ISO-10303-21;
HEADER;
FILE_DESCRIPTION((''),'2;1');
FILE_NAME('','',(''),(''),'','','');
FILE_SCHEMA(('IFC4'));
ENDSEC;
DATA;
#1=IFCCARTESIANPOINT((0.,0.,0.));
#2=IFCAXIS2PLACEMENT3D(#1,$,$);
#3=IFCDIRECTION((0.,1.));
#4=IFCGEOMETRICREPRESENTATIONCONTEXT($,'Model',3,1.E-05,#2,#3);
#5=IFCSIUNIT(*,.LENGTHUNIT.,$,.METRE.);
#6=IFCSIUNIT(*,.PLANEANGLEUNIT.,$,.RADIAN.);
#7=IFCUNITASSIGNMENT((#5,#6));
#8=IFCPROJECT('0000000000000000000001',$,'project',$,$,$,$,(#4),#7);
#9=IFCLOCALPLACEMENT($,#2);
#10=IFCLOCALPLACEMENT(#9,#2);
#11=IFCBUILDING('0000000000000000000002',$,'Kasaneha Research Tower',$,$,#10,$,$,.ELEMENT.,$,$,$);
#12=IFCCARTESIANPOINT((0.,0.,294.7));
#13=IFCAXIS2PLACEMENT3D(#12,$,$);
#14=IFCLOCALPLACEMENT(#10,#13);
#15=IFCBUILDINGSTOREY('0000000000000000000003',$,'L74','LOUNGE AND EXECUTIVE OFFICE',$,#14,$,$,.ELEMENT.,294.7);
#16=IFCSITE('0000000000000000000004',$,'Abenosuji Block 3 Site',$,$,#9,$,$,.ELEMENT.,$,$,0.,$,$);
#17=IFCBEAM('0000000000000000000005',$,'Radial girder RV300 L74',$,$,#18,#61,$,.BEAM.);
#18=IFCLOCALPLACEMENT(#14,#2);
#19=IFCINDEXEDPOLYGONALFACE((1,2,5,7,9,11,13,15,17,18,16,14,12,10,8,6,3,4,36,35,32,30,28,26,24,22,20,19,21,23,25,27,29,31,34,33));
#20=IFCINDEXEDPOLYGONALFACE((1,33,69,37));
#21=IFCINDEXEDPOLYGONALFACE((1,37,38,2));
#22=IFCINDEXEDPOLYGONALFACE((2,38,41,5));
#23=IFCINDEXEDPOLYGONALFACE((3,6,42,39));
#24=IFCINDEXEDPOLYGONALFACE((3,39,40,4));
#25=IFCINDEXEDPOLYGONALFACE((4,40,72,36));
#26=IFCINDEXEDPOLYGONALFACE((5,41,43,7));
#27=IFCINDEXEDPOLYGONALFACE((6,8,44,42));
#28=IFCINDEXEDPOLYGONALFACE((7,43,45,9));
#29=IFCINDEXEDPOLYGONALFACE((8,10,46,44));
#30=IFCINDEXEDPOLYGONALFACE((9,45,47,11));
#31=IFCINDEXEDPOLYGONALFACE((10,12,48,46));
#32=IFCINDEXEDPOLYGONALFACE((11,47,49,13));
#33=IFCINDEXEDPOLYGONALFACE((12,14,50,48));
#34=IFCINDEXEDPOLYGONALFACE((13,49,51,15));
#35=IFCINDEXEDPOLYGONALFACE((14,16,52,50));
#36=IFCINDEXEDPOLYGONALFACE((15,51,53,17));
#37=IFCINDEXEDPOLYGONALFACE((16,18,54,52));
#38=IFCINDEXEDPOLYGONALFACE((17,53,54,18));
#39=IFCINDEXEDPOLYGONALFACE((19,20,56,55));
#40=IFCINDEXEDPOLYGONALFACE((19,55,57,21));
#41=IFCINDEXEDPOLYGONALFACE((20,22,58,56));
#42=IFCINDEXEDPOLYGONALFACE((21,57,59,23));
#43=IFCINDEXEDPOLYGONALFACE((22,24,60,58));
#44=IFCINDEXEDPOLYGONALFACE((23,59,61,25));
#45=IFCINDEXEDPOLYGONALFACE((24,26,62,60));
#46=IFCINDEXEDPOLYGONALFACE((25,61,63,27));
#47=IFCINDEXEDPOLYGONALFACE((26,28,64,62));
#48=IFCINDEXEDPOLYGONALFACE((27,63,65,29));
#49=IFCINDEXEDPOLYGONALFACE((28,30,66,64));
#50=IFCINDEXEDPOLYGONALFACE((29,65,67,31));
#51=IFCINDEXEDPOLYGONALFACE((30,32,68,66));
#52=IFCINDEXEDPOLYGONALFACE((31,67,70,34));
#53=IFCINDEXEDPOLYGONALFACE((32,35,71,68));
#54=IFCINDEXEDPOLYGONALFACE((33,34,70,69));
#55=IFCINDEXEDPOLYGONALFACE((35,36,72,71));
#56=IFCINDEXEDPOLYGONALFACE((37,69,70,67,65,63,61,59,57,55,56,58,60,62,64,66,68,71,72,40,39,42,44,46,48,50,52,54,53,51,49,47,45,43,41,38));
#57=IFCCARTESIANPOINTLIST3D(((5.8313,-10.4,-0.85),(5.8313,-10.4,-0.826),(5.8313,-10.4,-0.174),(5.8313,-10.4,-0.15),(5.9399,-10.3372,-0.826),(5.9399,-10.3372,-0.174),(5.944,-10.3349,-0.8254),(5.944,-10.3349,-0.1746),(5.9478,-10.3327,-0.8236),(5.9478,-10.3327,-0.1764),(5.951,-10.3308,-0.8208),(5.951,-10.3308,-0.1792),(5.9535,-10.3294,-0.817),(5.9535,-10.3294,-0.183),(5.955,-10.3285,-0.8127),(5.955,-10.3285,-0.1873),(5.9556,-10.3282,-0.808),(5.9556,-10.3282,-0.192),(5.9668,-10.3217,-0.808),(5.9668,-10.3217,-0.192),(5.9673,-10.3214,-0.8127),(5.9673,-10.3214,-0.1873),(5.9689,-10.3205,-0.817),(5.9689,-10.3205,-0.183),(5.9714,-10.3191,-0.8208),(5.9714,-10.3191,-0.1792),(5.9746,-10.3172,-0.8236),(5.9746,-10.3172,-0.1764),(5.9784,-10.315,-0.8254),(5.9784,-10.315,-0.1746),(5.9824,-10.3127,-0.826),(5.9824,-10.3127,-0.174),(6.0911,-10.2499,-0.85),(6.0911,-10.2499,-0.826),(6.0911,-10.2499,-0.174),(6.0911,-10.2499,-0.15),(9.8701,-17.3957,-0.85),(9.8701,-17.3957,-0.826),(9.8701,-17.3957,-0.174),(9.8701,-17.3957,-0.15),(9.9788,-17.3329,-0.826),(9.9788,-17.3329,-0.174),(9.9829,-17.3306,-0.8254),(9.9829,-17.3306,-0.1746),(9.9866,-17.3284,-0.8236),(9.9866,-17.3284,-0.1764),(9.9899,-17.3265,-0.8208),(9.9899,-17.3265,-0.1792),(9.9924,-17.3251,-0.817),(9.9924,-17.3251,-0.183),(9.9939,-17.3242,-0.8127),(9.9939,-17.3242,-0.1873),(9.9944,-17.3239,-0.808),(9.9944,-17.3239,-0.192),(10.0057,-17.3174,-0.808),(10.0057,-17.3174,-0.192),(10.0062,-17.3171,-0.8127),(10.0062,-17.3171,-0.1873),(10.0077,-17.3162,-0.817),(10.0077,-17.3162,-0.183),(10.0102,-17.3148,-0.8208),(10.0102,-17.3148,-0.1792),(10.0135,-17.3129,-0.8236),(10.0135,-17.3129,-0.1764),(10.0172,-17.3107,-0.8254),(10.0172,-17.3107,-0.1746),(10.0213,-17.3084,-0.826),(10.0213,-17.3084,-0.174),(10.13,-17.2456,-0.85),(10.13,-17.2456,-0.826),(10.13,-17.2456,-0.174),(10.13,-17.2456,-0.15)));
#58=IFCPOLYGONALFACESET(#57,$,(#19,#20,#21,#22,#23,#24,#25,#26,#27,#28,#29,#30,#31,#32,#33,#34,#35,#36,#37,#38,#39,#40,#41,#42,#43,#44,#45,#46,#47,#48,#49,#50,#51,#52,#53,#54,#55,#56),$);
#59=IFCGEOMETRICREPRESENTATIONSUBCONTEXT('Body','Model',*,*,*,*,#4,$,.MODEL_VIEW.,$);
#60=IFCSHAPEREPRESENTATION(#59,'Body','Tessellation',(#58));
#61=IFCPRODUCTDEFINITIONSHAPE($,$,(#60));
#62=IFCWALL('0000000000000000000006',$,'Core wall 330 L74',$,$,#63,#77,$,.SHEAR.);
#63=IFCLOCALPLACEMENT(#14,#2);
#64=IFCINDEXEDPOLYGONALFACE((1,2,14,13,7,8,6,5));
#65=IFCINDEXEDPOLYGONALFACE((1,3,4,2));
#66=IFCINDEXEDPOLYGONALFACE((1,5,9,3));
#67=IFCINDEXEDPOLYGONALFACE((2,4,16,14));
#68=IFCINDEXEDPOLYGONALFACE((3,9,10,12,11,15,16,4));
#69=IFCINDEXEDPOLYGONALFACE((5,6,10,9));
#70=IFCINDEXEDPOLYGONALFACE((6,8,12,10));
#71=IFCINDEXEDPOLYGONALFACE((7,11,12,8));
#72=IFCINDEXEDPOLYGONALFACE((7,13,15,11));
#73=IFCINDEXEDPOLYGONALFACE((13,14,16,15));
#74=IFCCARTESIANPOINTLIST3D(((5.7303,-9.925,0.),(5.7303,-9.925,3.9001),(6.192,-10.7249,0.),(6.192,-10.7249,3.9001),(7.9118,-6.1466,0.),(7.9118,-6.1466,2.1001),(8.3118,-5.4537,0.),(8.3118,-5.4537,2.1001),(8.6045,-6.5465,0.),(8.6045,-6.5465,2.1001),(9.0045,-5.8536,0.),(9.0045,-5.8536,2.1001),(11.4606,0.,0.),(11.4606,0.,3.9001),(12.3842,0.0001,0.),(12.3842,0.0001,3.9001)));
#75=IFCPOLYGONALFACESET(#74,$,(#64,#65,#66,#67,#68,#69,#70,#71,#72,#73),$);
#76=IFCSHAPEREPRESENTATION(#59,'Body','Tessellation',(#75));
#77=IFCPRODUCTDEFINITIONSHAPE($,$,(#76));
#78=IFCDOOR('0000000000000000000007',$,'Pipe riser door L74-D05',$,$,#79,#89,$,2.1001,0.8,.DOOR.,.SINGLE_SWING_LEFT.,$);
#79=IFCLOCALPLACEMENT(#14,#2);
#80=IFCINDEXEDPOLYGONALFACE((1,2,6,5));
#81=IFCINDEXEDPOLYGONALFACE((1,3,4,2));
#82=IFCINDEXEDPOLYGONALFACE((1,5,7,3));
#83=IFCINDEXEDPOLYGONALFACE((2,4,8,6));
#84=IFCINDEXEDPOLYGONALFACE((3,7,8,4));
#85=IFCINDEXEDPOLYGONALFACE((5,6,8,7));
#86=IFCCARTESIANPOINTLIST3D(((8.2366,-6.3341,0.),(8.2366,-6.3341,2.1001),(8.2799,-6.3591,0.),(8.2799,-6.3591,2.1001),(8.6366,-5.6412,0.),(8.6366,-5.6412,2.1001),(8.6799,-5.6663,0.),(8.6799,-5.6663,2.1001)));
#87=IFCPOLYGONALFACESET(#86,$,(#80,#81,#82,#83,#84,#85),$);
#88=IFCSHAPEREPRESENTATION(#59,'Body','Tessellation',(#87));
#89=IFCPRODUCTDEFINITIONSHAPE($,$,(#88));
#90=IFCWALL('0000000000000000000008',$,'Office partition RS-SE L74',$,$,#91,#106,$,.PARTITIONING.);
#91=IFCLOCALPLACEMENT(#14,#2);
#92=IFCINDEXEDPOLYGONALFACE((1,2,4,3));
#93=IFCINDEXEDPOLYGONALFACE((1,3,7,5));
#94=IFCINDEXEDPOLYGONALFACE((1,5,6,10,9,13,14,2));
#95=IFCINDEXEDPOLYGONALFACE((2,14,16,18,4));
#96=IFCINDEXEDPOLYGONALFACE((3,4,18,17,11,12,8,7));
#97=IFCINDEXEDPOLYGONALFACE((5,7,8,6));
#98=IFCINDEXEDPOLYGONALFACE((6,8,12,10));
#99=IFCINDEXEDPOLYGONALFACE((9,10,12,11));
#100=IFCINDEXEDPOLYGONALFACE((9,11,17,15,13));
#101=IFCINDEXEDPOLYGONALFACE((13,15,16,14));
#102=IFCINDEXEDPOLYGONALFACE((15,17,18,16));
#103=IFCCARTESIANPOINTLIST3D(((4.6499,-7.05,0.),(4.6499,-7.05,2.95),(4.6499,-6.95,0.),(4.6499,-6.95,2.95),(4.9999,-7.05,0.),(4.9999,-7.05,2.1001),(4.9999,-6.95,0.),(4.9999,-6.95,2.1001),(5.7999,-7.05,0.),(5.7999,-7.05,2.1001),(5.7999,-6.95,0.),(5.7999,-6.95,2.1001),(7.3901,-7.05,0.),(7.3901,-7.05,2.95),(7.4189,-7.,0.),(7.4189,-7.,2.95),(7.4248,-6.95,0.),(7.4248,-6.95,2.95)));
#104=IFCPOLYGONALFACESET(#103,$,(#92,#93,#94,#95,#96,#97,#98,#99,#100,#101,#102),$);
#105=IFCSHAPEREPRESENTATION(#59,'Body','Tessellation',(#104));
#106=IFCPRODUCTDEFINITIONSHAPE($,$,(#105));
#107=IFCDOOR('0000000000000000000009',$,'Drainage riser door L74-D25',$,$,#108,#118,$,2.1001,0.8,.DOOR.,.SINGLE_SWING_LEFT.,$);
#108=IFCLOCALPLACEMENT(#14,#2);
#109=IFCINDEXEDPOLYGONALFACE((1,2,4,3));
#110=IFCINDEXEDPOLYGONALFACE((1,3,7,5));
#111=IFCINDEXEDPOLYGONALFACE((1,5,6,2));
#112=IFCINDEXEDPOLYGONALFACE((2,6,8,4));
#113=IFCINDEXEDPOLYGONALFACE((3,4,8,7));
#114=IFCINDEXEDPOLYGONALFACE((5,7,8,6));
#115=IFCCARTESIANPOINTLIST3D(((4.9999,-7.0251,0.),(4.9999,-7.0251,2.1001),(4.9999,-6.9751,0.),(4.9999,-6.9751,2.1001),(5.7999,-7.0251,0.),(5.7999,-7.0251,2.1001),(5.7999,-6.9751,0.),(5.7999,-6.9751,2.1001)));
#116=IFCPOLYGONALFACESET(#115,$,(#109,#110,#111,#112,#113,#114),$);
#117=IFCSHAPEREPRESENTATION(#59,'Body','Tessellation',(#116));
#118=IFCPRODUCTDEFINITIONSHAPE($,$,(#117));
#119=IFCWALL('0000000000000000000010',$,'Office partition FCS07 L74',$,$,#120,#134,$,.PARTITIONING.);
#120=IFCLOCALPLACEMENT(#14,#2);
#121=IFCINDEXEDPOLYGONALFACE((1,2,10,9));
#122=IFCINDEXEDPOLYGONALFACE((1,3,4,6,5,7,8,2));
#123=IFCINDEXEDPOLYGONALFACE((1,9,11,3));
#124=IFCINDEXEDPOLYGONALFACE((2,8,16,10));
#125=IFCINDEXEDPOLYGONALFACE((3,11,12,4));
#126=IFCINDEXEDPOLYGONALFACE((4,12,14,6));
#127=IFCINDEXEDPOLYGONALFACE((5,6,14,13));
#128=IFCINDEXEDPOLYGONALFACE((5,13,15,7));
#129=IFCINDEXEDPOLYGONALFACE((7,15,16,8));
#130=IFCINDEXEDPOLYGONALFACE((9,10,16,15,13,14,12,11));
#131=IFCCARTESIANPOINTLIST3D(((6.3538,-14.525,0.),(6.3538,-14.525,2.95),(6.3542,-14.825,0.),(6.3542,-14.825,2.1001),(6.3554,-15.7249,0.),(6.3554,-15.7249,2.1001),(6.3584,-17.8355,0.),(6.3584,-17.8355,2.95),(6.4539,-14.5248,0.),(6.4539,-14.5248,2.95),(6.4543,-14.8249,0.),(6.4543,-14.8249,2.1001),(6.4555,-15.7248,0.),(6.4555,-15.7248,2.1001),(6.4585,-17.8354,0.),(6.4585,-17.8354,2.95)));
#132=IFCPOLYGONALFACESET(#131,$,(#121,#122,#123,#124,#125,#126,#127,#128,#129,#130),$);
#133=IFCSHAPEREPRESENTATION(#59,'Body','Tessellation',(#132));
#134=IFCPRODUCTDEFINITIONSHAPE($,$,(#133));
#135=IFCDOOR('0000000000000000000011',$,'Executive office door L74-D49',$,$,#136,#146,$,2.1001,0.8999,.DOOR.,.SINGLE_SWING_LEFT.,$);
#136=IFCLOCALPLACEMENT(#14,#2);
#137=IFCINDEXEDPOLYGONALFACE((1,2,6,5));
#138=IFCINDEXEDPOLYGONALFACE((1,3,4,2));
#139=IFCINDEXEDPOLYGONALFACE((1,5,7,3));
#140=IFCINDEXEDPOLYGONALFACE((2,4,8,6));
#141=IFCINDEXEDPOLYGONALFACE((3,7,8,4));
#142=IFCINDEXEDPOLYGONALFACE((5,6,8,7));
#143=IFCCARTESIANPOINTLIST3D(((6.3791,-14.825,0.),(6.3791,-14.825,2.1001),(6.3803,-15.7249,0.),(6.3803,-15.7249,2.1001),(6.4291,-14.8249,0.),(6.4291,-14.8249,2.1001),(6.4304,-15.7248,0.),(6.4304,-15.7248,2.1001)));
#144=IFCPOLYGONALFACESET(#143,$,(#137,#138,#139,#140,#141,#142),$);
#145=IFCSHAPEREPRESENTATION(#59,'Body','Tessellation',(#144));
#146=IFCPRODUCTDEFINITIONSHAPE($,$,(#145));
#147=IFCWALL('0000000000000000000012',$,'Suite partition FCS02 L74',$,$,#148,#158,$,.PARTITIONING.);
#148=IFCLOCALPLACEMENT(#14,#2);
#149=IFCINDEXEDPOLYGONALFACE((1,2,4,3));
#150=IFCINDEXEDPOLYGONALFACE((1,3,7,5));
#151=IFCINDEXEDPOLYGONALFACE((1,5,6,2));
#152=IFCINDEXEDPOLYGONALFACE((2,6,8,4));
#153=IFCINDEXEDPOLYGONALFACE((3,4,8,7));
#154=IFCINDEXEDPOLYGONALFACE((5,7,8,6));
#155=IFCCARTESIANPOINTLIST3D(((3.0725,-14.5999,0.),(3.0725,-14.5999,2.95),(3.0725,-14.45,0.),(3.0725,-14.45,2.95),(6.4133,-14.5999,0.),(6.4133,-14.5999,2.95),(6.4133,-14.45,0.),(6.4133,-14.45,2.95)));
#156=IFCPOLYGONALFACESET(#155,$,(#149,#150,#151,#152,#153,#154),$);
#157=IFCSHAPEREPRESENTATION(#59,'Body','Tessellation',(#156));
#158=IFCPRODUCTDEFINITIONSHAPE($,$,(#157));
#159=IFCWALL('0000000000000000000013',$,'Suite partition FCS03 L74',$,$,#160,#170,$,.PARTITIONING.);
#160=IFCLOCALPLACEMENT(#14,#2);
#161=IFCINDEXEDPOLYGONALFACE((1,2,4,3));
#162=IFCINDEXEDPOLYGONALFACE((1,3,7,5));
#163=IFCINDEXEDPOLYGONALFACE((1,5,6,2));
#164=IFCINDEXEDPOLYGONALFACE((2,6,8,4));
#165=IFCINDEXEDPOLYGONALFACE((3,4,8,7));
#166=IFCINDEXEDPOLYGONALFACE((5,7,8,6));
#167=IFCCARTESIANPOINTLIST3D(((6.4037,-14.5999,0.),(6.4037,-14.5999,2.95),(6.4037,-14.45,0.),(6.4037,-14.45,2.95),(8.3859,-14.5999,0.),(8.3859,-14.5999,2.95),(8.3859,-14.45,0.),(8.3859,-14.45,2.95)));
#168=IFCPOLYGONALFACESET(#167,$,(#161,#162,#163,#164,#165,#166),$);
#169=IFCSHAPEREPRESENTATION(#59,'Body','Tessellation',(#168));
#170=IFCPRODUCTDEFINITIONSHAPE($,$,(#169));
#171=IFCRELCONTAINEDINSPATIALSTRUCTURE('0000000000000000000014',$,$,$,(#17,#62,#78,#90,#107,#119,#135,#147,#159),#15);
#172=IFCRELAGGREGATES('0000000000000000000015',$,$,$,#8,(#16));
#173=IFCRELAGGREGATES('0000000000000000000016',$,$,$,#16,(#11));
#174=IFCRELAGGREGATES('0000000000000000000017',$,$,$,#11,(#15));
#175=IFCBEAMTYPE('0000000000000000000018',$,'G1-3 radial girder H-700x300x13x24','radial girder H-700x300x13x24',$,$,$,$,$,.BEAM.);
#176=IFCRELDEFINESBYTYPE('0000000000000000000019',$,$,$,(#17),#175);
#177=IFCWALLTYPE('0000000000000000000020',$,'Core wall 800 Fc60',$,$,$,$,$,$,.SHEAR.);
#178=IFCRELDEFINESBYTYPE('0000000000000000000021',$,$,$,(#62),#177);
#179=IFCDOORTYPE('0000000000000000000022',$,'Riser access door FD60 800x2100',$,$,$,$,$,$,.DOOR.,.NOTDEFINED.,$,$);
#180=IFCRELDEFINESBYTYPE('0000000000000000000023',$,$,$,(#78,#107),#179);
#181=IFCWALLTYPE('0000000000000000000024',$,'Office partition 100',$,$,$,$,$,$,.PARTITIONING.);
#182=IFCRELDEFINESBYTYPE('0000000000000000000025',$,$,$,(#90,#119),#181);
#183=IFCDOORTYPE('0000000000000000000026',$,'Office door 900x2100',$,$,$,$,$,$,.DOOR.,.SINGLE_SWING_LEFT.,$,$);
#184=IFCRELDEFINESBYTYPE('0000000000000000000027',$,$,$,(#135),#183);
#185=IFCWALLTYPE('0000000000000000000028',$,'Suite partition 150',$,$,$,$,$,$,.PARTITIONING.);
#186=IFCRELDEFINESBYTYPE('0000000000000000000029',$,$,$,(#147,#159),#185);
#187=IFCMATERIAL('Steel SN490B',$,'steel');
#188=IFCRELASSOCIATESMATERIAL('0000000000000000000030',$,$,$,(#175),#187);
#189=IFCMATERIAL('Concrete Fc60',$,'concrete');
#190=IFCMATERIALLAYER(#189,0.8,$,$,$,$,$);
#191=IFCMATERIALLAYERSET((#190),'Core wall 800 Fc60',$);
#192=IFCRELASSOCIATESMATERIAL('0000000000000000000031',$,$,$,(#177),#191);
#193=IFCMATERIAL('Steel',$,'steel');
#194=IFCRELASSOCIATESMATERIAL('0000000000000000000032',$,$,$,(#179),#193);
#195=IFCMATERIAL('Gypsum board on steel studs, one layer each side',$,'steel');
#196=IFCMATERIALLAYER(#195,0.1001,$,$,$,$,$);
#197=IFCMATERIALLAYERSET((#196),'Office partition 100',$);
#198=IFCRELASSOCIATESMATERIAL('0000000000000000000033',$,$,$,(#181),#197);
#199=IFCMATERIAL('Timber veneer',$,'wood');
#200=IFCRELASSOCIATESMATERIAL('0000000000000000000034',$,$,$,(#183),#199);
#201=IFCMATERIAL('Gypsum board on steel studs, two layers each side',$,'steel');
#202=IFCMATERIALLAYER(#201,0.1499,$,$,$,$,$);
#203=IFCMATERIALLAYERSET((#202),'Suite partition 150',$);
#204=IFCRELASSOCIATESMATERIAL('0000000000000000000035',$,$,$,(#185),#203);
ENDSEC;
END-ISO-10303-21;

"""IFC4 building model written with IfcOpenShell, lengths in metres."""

from ifc_helpers import new_model, si_unit, direction, frame, frame_2d, origin, origin_2d, place, context, subcontext, project, spatial, polyline, rectangle, i_section, outline, extrude, material, layer, layer_set, material_profile, profile_set, type_object, element, fill, save


model = new_model("IFC4")

# Units and contexts
model_context = context("Model", 3, precision=1e-05, world=origin(), true_north=direction((0.0, 1.0)))
body_context = subcontext(model_context, "Body", "Model", "MODEL_VIEW")
ifc_project = project(units=[si_unit("LENGTHUNIT", "METRE"), si_unit("PLANEANGLEUNIT", "RADIAN")], contexts=[model_context])

# Site, building, storey
site_placement = place(None, origin())
site = spatial("IfcSite", under=ifc_project, at=site_placement, Name="Abenosuji Block 3 Site", CompositionType="ELEMENT", RefElevation=0.0)
building_placement = place(site_placement, origin())
building = spatial("IfcBuilding", under=site, at=building_placement, Name="Kasaneha Research Tower", CompositionType="ELEMENT")
storey_placement = place(building_placement, frame((0.0, 0.0, 294.7)))
storey = spatial("IfcBuildingStorey", under=building, at=storey_placement, Name="L74", Description="LOUNGE AND EXECUTIVE OFFICE", CompositionType="ELEMENT", Elevation=294.7)

# Beam
ifc_material_1 = material(Name="Steel SN490B", Category="steel")
ifc_material_profile_1 = material_profile(ifc_material_1, i_section(OverallWidth=0.3, OverallDepth=0.7, WebThickness=0.0129, FlangeThickness=0.0239, FilletRadius=0.0181, at=origin_2d()), Name="H-700x300x13x24")
ifc_profile_set_1 = profile_set([ifc_material_profile_1], Name="Steel SN490B")
beam_type_1 = type_object("IfcBeamType", Name="G1-3 radial girder H-700x300x13x24", Description="radial girder H-700x300x13x24", PredefinedType="BEAM", material=ifc_profile_set_1)
beam_1_placement = place(storey_placement, frame((5.9612, -10.325, -0.5), z_axis=(0.499991, -0.866031, 0.0), x_axis=(0.866031, 0.499991, 0.0)))
element("IfcBeam", 1, at=beam_1_placement, inside=storey, type_object=beam_type_1, Name="Radial girder RV300 L74", PredefinedType="BEAM", context=body_context, shape_type="SweptSolid", body=[
    extrude(i_section(OverallWidth=0.3, OverallDepth=0.7, WebThickness=0.0129, FlangeThickness=0.0239, FilletRadius=0.0181, at=origin_2d()), origin(), (0.0, 0.0, 1.0), 8.0779),
])

# Walls, openings, doors
ifc_material_2 = material(Name="Concrete Fc60", Category="concrete")
ifc_layer_1 = layer(ifc_material_2, 0.8)
ifc_layer_set_1 = layer_set([ifc_layer_1], Name="Core wall 800 Fc60")
wall_type_1 = type_object("IfcWallType", Name="Core wall 800 Fc60", PredefinedType="SHEAR", material=ifc_layer_set_1)
wall_1_placement = place(storey_placement, frame((5.9612, -10.325, 0.0), z_axis=(0.0, 0.0, 1.0), x_axis=(0.500004, 0.866023, 0.0)))
wall_1 = element("IfcWall", 2, at=wall_1_placement, inside=storey, type_object=wall_type_1, Name="Core wall 330 L74", PredefinedType="SHEAR", context=body_context, shape_type="SweptSolid", body=[
    extrude(outline(polyline([(-0.231, -0.3999), (4.594, -0.3999), (5.394, -0.3999), (12.1533, -0.3999), (11.6914, 0.3999), (5.394, 0.3999), (4.594, 0.3999), (0.231, 0.3999), (-0.231, -0.3999)])), origin(), (0.0, 0.0, 1.0), 3.9001),
])
opening_1_placement = place(wall_1_placement, frame((4.594, 0.0, 0.0)))
opening_1 = element("IfcOpeningElement", 3, at=opening_1_placement, cuts=wall_1, PredefinedType="OPENING", context=body_context, shape_type="SweptSolid", body=[
    extrude(rectangle(XDim=0.8, YDim=2.1001, at=frame_2d((0.3999, 1.05))), frame((0.0, 0.4102, 0.0), z_axis=(0.0, -1.0, 0.0), x_axis=(1.0, 0.0, 0.0)), (0.0, 0.0, 1.0), 0.8201),
])
ifc_material_3 = material(Name="Steel", Category="steel")
door_type_1 = type_object("IfcDoorType", Name="Riser access door FD60 800x2100", OperationType="NOTDEFINED", PredefinedType="DOOR", material=ifc_material_3)
door_1_placement = place(opening_1_placement, origin())
door_1 = element("IfcDoor", 4, at=door_1_placement, inside=storey, type_object=door_type_1, Name="Pipe riser door L74-D05", OperationType="SINGLE_SWING_LEFT", OverallHeight=2.1001, OverallWidth=0.8, PredefinedType="DOOR", context=body_context, shape_type="SweptSolid", body=[
    extrude(rectangle(XDim=0.8, YDim=2.1001, at=frame_2d((0.3999, 1.05))), frame((0.0, 0.0249, 0.0), z_axis=(0.0, -1.0, 0.0), x_axis=(1.0, 0.0, 0.0)), (0.0, 0.0, 1.0), 0.05),
])
fill(opening_1, door_1)
ifc_material_4 = material(Name="Gypsum board on steel studs, one layer each side", Category="steel")
ifc_layer_2 = layer(ifc_material_4, 0.1001)
ifc_layer_set_2 = layer_set([ifc_layer_2], Name="Office partition 100")
wall_type_2 = type_object("IfcWallType", Name="Office partition 100", PredefinedType="PARTITIONING", material=ifc_layer_set_2)
wall_2_placement = place(storey_placement, frame((4.6499, -7.0, 0.0), z_axis=(0.0, 0.0, 1.0), x_axis=(1.0, 0.0, 0.0)))
wall_2 = element("IfcWall", 5, at=wall_2_placement, inside=storey, type_object=wall_type_2, Name="Office partition RS-SE L74", PredefinedType="PARTITIONING", context=body_context, shape_type="SweptSolid", body=[
    extrude(outline(polyline([(0.0, -0.05), (0.3501, -0.05), (1.1501, -0.05), (2.7402, -0.05), (2.769, 0.0), (2.7749, 0.05), (1.1501, 0.05), (0.3501, 0.05), (0.0, 0.05), (0.0, -0.05)])), origin(), (0.0, 0.0, 1.0), 2.95),
])
opening_2_placement = place(wall_2_placement, frame((0.3501, 0.0, 0.0)))
opening_2 = element("IfcOpeningElement", 6, at=opening_2_placement, cuts=wall_2, PredefinedType="OPENING", context=body_context, shape_type="SweptSolid", body=[
    extrude(rectangle(XDim=0.8, YDim=2.1001, at=frame_2d((0.3999, 1.05))), frame((0.0, 0.0601, 0.0), z_axis=(0.0, -1.0, 0.0), x_axis=(1.0, 0.0, 0.0)), (0.0, 0.0, 1.0), 0.1201),
])
door_2_placement = place(opening_2_placement, origin())
door_2 = element("IfcDoor", 7, at=door_2_placement, inside=storey, type_object=door_type_1, Name="Drainage riser door L74-D25", OperationType="SINGLE_SWING_LEFT", OverallHeight=2.1001, OverallWidth=0.8, PredefinedType="DOOR", context=body_context, shape_type="SweptSolid", body=[
    extrude(rectangle(XDim=0.8, YDim=2.1001, at=frame_2d((0.3999, 1.05))), frame((0.0, 0.0249, 0.0), z_axis=(0.0, -1.0, 0.0), x_axis=(1.0, 0.0, 0.0)), (0.0, 0.0, 1.0), 0.05),
])
fill(opening_2, door_2)
wall_3_placement = place(storey_placement, frame((6.4038, -14.5249, 0.0), z_axis=(0.0, 0.0, 1.0), x_axis=(0.001401, -0.999999, 0.0)))
wall_3 = element("IfcWall", 8, at=wall_3_placement, inside=storey, type_object=wall_type_2, Name="Office partition FCS07 L74", PredefinedType="PARTITIONING", context=body_context, shape_type="SweptSolid", body=[
    extrude(rectangle(XDim=3.3105, YDim=0.1001, at=frame_2d((1.6553, 0.0))), origin(), (0.0, 0.0, 1.0), 2.95),
])
opening_3_placement = place(wall_3_placement, frame((0.3, 0.0, 0.0)))
opening_3 = element("IfcOpeningElement", 9, at=opening_3_placement, cuts=wall_3, PredefinedType="OPENING", context=body_context, shape_type="SweptSolid", body=[
    extrude(rectangle(XDim=0.8999, YDim=2.1001, at=frame_2d((0.45, 1.05))), frame((0.0, 0.0601, 0.0), z_axis=(0.0, -1.0, 0.0), x_axis=(1.0, 0.0, 0.0)), (0.0, 0.0, 1.0), 0.1201),
])
ifc_material_5 = material(Name="Timber veneer", Category="wood")
door_type_2 = type_object("IfcDoorType", Name="Office door 900x2100", OperationType="SINGLE_SWING_LEFT", PredefinedType="DOOR", material=ifc_material_5)
door_3_placement = place(opening_3_placement, origin())
door_3 = element("IfcDoor", 10, at=door_3_placement, inside=storey, type_object=door_type_2, Name="Executive office door L74-D49", OperationType="SINGLE_SWING_LEFT", OverallHeight=2.1001, OverallWidth=0.8999, PredefinedType="DOOR", context=body_context, shape_type="SweptSolid", body=[
    extrude(rectangle(XDim=0.8999, YDim=2.1001, at=frame_2d((0.45, 1.05))), frame((0.0, 0.0249, 0.0), z_axis=(0.0, -1.0, 0.0), x_axis=(1.0, 0.0, 0.0)), (0.0, 0.0, 1.0), 0.05),
])
fill(opening_3, door_3)

# Walls
ifc_material_6 = material(Name="Gypsum board on steel studs, two layers each side", Category="steel")
ifc_layer_3 = layer(ifc_material_6, 0.1499)
ifc_layer_set_3 = layer_set([ifc_layer_3], Name="Suite partition 150")
wall_type_3 = type_object("IfcWallType", Name="Suite partition 150", PredefinedType="PARTITIONING", material=ifc_layer_set_3)
wall_4_placement = place(storey_placement, frame((6.4133, -14.5249, 0.0), z_axis=(0.0, 0.0, 1.0), x_axis=(-1.0, 0.0, 0.0)))
element("IfcWall", 11, at=wall_4_placement, inside=storey, type_object=wall_type_3, Name="Suite partition FCS02 L74", PredefinedType="PARTITIONING", context=body_context, shape_type="SweptSolid", body=[
    extrude(rectangle(XDim=3.3408, YDim=0.1499, at=frame_2d((1.6704, 0.0))), origin(), (0.0, 0.0, 1.0), 2.95),
])
wall_5_placement = place(storey_placement, frame((8.386, -14.5249, 0.0), z_axis=(0.0, 0.0, 1.0), x_axis=(-1.0, 0.0, 0.0)))
element("IfcWall", 12, at=wall_5_placement, inside=storey, type_object=wall_type_3, Name="Suite partition FCS03 L74", PredefinedType="PARTITIONING", context=body_context, shape_type="SweptSolid", body=[
    extrude(rectangle(XDim=1.9822, YDim=0.1499, at=frame_2d((0.9912, 0.0))), origin(), (0.0, 0.0, 1.0), 2.95),
])

save(model, "model.ifc")
